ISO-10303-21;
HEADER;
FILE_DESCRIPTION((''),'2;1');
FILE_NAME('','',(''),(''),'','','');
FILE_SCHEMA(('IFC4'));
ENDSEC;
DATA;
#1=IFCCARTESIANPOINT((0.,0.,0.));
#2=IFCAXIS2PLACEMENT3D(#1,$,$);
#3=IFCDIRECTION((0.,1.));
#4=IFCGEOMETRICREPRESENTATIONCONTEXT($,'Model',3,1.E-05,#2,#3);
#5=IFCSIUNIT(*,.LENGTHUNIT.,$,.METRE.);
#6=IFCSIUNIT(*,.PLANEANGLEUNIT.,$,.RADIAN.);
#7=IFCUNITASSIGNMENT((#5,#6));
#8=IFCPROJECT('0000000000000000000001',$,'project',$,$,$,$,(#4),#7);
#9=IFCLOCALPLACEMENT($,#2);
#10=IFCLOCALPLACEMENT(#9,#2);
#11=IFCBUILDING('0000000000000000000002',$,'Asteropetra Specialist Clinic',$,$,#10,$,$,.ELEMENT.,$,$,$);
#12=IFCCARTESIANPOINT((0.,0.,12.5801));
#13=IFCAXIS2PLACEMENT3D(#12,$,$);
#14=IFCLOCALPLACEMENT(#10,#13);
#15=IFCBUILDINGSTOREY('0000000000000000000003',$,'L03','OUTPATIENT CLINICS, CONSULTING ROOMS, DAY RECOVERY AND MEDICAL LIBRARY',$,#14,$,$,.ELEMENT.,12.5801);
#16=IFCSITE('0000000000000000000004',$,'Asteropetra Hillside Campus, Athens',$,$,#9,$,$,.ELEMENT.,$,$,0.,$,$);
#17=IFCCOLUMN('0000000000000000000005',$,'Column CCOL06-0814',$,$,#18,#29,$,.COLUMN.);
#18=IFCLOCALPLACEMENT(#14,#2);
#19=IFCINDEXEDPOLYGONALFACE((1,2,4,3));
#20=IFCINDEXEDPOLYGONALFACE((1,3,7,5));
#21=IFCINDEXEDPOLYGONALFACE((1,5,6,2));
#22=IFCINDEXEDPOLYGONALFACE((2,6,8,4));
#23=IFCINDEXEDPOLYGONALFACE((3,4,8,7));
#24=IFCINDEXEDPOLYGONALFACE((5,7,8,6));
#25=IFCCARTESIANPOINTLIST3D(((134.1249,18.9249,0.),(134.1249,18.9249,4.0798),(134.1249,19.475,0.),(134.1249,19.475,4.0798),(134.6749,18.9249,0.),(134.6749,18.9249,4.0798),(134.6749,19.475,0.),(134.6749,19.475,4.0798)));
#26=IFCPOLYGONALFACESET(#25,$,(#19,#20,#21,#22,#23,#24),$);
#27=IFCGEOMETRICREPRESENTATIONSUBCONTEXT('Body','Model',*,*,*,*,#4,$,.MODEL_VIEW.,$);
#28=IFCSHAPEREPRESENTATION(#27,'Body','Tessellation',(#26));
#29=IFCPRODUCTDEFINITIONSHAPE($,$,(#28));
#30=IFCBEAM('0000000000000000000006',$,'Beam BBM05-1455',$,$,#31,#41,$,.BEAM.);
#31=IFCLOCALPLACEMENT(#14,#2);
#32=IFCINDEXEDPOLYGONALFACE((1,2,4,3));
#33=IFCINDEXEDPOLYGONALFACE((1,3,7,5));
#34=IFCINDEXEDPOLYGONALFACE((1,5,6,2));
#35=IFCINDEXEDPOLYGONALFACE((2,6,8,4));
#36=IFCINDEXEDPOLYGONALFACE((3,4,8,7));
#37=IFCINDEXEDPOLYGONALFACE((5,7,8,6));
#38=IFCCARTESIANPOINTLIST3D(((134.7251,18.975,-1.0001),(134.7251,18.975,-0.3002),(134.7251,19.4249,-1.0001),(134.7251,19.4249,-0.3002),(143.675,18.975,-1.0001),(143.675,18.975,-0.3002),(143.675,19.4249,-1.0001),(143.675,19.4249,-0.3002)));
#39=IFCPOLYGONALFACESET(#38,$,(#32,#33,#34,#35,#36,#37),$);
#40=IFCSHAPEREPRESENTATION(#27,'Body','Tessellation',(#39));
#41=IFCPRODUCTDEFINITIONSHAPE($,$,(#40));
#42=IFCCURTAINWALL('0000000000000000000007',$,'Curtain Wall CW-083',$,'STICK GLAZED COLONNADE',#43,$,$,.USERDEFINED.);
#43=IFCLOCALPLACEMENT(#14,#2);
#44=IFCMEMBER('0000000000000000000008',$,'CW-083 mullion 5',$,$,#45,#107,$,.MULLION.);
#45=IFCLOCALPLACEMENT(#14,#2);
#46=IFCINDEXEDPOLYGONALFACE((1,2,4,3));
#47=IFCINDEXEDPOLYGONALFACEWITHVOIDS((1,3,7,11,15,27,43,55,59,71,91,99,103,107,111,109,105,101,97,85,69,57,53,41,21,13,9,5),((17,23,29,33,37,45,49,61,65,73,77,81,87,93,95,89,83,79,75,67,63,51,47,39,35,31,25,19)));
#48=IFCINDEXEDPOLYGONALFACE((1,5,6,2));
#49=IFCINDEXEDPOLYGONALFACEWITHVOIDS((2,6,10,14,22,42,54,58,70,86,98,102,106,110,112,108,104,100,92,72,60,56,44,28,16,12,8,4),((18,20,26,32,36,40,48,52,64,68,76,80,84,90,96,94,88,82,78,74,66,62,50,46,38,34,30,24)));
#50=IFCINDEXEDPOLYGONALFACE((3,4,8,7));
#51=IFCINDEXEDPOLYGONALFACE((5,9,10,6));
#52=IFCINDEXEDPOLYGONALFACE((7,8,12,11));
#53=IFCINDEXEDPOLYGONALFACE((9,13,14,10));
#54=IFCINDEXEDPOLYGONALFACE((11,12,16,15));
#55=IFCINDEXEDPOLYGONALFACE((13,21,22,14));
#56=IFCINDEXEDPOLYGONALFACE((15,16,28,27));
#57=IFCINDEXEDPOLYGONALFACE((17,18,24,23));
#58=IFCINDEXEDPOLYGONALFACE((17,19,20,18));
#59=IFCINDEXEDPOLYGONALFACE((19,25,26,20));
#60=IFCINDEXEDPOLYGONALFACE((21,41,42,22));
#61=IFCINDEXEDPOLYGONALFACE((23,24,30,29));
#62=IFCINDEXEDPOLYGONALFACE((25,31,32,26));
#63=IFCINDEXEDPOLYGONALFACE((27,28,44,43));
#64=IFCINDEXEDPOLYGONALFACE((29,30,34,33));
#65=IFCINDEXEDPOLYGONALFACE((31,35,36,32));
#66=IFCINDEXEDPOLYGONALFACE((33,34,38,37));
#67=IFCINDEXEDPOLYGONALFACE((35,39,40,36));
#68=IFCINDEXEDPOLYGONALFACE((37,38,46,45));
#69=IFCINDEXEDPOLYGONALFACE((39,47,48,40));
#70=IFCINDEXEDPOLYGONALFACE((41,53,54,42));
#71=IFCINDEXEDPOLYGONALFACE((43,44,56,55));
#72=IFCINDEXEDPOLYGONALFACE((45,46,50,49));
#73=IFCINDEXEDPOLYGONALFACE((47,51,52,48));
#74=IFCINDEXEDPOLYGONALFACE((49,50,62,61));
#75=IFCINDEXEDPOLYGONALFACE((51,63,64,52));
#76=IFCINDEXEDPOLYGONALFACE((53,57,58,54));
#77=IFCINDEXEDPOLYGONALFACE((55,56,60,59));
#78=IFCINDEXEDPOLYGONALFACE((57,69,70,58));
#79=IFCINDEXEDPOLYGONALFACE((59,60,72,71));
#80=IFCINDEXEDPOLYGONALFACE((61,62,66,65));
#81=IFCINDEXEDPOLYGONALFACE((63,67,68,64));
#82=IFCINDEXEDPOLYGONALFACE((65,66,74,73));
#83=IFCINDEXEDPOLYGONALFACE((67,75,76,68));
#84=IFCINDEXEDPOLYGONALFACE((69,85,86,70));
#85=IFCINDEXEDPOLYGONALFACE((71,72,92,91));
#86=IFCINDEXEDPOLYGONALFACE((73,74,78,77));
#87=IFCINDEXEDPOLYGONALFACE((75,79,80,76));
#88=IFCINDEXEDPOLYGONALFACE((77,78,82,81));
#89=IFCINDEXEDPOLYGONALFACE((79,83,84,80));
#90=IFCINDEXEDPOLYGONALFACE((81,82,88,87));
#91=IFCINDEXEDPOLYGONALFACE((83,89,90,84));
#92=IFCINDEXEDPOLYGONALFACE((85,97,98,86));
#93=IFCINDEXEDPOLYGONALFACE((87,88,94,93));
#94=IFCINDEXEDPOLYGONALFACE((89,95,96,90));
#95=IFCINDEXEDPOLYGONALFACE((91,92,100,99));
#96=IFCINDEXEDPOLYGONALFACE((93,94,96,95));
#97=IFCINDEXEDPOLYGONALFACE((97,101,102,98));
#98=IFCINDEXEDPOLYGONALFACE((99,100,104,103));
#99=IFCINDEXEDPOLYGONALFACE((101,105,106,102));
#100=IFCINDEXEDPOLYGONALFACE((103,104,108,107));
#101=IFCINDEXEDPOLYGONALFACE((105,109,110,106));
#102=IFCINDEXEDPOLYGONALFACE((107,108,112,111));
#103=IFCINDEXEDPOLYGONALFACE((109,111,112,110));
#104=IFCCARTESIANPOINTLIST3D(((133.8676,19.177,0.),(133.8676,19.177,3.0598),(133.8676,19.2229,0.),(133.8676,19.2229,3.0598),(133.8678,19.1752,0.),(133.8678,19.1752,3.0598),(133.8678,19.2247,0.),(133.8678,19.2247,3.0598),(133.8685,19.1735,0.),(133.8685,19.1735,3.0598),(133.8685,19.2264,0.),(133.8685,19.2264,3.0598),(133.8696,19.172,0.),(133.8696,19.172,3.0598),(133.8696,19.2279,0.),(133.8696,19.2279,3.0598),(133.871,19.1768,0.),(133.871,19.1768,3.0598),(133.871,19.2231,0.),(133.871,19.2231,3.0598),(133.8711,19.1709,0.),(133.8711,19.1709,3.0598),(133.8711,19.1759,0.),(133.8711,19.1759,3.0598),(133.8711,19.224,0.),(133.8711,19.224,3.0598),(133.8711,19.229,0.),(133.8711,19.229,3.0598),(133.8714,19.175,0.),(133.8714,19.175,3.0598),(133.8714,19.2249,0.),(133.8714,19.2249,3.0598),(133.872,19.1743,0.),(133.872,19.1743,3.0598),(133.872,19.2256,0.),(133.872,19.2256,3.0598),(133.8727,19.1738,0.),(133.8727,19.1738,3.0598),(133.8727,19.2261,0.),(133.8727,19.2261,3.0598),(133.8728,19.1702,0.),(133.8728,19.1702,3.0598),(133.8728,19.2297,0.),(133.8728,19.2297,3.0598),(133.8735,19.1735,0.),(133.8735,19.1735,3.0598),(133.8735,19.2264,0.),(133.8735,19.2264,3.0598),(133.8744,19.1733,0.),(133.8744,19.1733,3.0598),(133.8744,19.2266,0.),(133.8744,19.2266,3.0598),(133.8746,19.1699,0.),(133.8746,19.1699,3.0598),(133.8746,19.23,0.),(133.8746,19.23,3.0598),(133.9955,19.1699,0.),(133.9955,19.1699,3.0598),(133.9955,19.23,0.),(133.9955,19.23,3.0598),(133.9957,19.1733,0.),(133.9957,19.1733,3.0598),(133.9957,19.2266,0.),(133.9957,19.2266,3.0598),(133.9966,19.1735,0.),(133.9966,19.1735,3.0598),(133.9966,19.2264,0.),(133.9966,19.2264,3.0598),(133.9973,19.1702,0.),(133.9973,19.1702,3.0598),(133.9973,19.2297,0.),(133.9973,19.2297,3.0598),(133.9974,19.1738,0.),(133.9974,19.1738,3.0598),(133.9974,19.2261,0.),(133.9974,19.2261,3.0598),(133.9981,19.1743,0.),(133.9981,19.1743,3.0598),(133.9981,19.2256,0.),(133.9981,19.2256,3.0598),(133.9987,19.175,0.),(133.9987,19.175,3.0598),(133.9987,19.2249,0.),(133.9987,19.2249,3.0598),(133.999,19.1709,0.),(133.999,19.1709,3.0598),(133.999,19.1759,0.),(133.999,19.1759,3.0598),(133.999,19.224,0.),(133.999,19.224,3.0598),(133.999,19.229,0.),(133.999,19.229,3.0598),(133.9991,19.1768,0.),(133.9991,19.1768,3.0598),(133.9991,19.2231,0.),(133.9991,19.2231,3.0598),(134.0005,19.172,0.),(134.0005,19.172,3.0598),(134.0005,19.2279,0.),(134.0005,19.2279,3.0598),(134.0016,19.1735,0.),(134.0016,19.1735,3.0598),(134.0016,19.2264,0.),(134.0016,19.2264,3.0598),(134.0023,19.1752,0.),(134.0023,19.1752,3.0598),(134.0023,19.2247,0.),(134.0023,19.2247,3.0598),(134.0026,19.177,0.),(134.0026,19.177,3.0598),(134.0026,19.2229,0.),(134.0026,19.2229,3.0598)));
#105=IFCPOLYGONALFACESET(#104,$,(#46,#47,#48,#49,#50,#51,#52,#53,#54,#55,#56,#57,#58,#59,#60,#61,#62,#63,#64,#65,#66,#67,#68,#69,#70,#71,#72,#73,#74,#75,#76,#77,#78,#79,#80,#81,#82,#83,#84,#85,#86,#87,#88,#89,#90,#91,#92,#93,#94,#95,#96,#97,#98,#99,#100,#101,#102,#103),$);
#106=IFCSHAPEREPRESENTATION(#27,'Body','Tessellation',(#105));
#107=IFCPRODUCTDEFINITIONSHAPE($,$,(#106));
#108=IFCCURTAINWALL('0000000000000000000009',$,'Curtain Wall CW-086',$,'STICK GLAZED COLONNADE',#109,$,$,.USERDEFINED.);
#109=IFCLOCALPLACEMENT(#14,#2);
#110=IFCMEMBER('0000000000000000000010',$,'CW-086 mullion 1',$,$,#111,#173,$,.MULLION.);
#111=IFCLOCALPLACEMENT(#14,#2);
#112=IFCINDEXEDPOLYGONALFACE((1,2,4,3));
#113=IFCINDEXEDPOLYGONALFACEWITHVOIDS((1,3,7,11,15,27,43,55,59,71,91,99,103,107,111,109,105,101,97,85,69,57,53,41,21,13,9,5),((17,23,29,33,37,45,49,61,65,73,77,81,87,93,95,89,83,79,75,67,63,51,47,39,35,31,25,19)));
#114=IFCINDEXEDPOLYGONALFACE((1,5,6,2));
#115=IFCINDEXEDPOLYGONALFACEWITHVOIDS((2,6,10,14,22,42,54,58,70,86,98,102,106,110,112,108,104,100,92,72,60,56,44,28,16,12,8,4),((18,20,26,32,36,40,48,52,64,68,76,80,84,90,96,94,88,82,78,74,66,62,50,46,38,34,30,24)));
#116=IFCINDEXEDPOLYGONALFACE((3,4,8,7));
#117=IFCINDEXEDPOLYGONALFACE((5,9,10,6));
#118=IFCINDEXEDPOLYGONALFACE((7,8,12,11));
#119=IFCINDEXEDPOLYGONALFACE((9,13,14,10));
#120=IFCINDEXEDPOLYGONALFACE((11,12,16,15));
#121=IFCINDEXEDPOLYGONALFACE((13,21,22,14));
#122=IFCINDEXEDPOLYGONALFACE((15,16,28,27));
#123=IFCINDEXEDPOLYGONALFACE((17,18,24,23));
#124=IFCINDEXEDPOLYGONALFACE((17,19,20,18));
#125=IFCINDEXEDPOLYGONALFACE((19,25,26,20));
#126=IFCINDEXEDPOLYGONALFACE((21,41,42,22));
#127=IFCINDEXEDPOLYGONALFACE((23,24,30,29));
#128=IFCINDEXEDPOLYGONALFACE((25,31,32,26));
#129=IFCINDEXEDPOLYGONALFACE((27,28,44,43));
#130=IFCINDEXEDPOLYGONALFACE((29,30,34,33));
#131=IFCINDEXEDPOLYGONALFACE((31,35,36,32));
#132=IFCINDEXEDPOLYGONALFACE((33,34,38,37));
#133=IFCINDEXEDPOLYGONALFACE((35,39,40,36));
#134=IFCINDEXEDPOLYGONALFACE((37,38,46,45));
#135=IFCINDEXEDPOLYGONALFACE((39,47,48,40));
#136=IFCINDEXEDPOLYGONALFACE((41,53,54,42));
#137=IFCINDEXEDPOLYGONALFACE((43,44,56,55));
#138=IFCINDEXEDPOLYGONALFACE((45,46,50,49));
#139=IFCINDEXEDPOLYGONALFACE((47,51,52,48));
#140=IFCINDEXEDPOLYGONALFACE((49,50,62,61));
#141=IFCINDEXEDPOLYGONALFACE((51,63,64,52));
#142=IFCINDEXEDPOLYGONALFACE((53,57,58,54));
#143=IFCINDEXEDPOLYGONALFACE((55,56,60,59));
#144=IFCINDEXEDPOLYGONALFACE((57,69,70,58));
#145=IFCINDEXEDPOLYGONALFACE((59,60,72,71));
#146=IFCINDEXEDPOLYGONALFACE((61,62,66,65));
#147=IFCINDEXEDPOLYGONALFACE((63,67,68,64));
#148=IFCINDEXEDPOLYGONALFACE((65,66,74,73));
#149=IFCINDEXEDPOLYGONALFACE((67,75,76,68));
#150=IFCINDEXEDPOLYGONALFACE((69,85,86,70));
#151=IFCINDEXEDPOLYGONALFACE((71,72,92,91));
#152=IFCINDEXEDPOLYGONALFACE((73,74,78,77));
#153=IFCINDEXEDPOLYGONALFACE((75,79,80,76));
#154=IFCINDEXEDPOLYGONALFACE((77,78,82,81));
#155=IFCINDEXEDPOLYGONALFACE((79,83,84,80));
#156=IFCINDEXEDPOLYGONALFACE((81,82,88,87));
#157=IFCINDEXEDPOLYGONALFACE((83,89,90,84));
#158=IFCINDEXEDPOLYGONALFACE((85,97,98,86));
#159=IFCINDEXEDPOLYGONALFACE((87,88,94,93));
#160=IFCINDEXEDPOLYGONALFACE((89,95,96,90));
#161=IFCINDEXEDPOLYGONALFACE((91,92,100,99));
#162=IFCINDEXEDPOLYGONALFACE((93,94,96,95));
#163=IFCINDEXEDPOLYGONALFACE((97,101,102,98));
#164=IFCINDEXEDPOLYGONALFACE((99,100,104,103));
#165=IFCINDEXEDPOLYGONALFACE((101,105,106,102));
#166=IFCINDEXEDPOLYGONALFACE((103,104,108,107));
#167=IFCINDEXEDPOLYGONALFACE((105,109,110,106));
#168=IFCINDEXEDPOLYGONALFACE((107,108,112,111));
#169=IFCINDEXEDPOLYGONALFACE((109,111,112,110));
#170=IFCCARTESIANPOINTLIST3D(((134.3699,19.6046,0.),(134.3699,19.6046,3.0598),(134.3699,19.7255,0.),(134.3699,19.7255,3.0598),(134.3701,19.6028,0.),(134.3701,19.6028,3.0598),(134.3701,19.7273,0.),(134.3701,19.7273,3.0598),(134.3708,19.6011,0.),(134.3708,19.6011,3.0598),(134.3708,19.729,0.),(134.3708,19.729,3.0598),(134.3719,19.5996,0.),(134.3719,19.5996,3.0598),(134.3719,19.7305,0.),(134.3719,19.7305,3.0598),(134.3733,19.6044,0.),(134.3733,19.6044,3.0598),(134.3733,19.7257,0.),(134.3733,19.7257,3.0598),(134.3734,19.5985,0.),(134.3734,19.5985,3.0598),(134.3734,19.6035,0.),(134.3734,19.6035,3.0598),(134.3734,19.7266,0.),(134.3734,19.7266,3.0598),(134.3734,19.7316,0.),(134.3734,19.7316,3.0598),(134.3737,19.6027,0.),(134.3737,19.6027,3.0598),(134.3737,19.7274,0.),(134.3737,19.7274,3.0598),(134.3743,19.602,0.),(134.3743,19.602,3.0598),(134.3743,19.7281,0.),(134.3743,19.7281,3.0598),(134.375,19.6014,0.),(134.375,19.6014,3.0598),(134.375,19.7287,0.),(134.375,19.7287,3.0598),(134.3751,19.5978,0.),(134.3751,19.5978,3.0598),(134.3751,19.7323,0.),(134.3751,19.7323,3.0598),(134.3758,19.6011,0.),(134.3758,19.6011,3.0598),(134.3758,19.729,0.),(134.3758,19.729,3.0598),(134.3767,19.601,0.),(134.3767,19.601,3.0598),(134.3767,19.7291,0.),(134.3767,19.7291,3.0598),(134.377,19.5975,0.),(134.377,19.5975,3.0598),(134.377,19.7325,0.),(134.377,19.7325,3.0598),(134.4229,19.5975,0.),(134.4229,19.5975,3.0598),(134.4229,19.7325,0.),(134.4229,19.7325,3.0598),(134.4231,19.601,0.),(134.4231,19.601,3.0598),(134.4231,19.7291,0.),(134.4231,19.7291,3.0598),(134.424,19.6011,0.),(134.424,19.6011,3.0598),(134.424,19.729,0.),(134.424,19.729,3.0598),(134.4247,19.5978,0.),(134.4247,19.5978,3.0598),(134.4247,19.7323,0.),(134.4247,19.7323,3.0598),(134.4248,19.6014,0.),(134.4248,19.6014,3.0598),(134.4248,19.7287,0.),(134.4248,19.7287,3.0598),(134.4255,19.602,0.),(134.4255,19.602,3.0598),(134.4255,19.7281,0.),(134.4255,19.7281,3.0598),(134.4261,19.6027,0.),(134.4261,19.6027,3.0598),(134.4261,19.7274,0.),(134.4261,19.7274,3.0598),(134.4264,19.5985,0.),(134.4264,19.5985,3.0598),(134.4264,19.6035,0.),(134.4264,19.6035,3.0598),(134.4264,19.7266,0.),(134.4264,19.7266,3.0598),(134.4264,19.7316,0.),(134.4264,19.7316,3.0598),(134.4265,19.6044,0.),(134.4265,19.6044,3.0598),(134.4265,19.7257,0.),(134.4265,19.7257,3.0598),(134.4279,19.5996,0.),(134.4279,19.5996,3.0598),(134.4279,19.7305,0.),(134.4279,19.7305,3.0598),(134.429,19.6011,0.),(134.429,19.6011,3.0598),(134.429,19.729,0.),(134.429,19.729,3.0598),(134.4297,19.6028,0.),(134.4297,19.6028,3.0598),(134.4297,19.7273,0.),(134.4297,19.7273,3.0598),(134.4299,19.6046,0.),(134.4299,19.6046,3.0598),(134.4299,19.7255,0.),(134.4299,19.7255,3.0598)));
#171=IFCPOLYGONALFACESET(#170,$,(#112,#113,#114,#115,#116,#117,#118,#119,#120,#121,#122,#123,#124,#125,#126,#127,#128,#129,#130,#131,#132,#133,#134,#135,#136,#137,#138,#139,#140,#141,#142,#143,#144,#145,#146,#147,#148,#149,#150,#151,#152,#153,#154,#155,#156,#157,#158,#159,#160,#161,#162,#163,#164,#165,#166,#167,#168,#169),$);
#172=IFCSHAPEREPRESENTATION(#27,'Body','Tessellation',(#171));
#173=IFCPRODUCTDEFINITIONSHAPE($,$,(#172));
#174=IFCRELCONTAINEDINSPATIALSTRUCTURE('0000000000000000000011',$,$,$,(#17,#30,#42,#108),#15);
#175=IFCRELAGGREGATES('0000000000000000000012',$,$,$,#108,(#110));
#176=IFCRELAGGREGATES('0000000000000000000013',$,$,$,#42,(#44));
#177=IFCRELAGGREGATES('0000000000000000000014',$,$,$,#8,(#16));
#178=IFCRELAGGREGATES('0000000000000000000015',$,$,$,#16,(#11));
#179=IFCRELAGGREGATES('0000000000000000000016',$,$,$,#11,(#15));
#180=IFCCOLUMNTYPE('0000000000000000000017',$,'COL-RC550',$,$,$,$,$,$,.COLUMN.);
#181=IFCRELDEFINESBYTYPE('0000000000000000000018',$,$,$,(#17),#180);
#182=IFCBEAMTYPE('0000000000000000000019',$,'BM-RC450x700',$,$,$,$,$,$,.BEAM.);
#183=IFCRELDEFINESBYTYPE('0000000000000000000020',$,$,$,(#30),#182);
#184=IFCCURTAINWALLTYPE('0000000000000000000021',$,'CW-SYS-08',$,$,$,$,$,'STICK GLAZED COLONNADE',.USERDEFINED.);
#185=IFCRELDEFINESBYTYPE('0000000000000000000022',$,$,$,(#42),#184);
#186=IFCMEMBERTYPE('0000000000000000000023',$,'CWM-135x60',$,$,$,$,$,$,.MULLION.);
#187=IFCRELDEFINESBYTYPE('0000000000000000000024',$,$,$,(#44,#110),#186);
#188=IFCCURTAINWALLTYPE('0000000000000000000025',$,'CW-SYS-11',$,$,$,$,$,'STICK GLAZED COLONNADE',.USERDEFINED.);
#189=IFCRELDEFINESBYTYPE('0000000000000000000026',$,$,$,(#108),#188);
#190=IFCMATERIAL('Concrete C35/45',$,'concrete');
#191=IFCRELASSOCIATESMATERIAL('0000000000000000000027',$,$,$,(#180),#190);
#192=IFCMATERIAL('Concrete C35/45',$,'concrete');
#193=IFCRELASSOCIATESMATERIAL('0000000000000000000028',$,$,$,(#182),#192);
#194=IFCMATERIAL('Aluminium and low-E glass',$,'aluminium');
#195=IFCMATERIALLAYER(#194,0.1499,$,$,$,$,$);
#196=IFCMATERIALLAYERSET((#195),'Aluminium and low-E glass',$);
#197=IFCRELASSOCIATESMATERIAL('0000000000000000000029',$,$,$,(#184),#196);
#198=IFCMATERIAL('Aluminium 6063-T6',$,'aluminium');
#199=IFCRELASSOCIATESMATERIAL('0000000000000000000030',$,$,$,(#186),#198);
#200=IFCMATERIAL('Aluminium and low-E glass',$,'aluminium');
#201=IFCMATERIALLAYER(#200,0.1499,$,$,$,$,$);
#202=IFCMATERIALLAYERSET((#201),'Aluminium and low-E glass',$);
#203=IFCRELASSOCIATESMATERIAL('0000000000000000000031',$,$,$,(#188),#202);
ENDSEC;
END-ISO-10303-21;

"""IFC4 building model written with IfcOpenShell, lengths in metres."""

from ifc_helpers import new_model, si_unit, direction, frame, origin, origin_2d, place, context, subcontext, project, spatial, rectangle, hollow_rectangle, extrude, material, layer, layer_set, material_profile, profile_set, type_object, element, aggregate, save


model = new_model("IFC4")

# Units and contexts
model_context = context("Model", 3, precision=1e-05, world=origin(), true_north=direction((0.0, 1.0)))
body_context = subcontext(model_context, "Body", "Model", "MODEL_VIEW")
ifc_project = project(units=[si_unit("LENGTHUNIT", "METRE"), si_unit("PLANEANGLEUNIT", "RADIAN")], contexts=[model_context])

# Site, building, storey
site_placement = place(None, origin())
site = spatial("IfcSite", under=ifc_project, at=site_placement, Name="Asteropetra Hillside Campus, Athens", CompositionType="ELEMENT", RefElevation=0.0)
building_placement = place(site_placement, origin())
building = spatial("IfcBuilding", under=site, at=building_placement, Name="Asteropetra Specialist Clinic", CompositionType="ELEMENT")
storey_placement = place(building_placement, frame((0.0, 0.0, 12.5801)))
storey = spatial("IfcBuildingStorey", under=building, at=storey_placement, Name="L03", Description="OUTPATIENT CLINICS, CONSULTING ROOMS, DAY RECOVERY AND MEDICAL LIBRARY", CompositionType="ELEMENT", Elevation=12.5801)

# Column
ifc_material_1 = material(Name="Concrete C35/45", Category="concrete")
ifc_material_profile_1 = material_profile(ifc_material_1, rectangle(XDim=0.55, YDim=0.55, at=origin_2d()), Name="RC 550x550")
ifc_profile_set_1 = profile_set([ifc_material_profile_1], Name="Concrete C35/45")
column_type = type_object("IfcColumnType", Name="COL-RC550", PredefinedType="COLUMN", material=ifc_profile_set_1)
column_placement = place(storey_placement, frame((134.3999, 19.2, 0.0), z_axis=(0.0, 0.0, 1.0), x_axis=(1.0, 0.0, 0.0)))
element("IfcColumn", 1, at=column_placement, inside=storey, type_object=column_type, Name="Column CCOL06-0814", PredefinedType="COLUMN", context=body_context, shape_type="SweptSolid", body=[
    extrude(rectangle(XDim=0.55, YDim=0.55, at=origin_2d()), origin(), (0.0, 0.0, 1.0), 4.0798),
])

# Beam
ifc_material_2 = material(Name="Concrete C35/45", Category="concrete")
ifc_material_profile_2 = material_profile(ifc_material_2, rectangle(XDim=0.45, YDim=0.7, at=origin_2d()), Name="RCB 450x700")
ifc_profile_set_2 = profile_set([ifc_material_profile_2], Name="Concrete C35/45")
beam_type_1 = type_object("IfcBeamType", Name="BM-RC450x700", PredefinedType="BEAM", material=ifc_profile_set_2)
beam_placement = place(storey_placement, frame((134.7251, 19.2, -0.6501), z_axis=(1.0, 0.0, 0.0), x_axis=(0.0, 1.0, 0.0)))
element("IfcBeam", 2, at=beam_placement, inside=storey, type_object=beam_type_1, Name="Beam BBM05-1455", PredefinedType="BEAM", context=body_context, shape_type="SweptSolid", body=[
    extrude(rectangle(XDim=0.45, YDim=0.7, at=origin_2d()), origin(), (0.0, 0.0, 1.0), 8.95),
])

# Curtain wall, member
ifc_material_3 = material(Name="Aluminium and low-E glass", Category="aluminium")
ifc_layer_1 = layer(ifc_material_3, 0.1499)
ifc_layer_set_1 = layer_set([ifc_layer_1], Name="Aluminium and low-E glass")
curtain_wall_type_1 = type_object("IfcCurtainWallType", Name="CW-SYS-08", ElementType="STICK GLAZED COLONNADE", PredefinedType="USERDEFINED", material=ifc_layer_set_1)
curtain_wall_1_placement = place(storey_placement, origin())
curtain_wall_1 = element("IfcCurtainWall", 3, at=curtain_wall_1_placement, inside=storey, type_object=curtain_wall_type_1, Name="Curtain Wall CW-083", ObjectType="STICK GLAZED COLONNADE", PredefinedType="USERDEFINED")
ifc_material_4 = material(Name="Aluminium 6063-T6", Category="aluminium")
ifc_material_profile_3 = material_profile(ifc_material_4, hollow_rectangle(XDim=0.0601, YDim=0.135, WallThickness=0.0034, InnerFilletRadius=0.0034, OuterFilletRadius=0.0071, at=origin_2d()), Name="MUL 135x60x3.5")
ifc_profile_set_3 = profile_set([ifc_material_profile_3], Name="Aluminium 6063-T6")
member_type_1 = type_object("IfcMemberType", Name="CWM-135x60", PredefinedType="MULLION", material=ifc_profile_set_3)
member_1_placement = place(storey_placement, frame((133.9351, 19.2, 0.0), z_axis=(0.0, 0.0, 1.0), x_axis=(0.0, 1.0, 0.0)))
member_1 = element("IfcMember", 4, at=member_1_placement, type_object=member_type_1, Name="CW-083 mullion 5", PredefinedType="MULLION", context=body_context, shape_type="SweptSolid", body=[
    extrude(hollow_rectangle(XDim=0.0601, YDim=0.135, WallThickness=0.0034, InnerFilletRadius=0.0034, OuterFilletRadius=0.0071, at=origin_2d()), origin(), (0.0, 0.0, 1.0), 3.0598),
])

# Curtain wall, member
ifc_material_5 = material(Name="Aluminium and low-E glass", Category="aluminium")
ifc_layer_2 = layer(ifc_material_5, 0.1499)
ifc_layer_set_2 = layer_set([ifc_layer_2], Name="Aluminium and low-E glass")
curtain_wall_type_2 = type_object("IfcCurtainWallType", Name="CW-SYS-11", ElementType="STICK GLAZED COLONNADE", PredefinedType="USERDEFINED", material=ifc_layer_set_2)
curtain_wall_2_placement = place(storey_placement, origin())
curtain_wall_2 = element("IfcCurtainWall", 5, at=curtain_wall_2_placement, inside=storey, type_object=curtain_wall_type_2, Name="Curtain Wall CW-086", ObjectType="STICK GLAZED COLONNADE", PredefinedType="USERDEFINED")
member_2_placement = place(storey_placement, frame((134.3999, 19.665, 0.0), z_axis=(0.0, 0.0, 1.0), x_axis=(-1.0, 0.0, 0.0)))
member_2 = element("IfcMember", 6, at=member_2_placement, type_object=member_type_1, Name="CW-086 mullion 1", PredefinedType="MULLION", context=body_context, shape_type="SweptSolid", body=[
    extrude(hollow_rectangle(XDim=0.0601, YDim=0.135, WallThickness=0.0034, InnerFilletRadius=0.0034, OuterFilletRadius=0.0071, at=origin_2d()), origin(), (0.0, 0.0, 1.0), 3.0598),
])

aggregate(curtain_wall_2, [member_2])
aggregate(curtain_wall_1, [member_1])

save(model, "model.ifc")
